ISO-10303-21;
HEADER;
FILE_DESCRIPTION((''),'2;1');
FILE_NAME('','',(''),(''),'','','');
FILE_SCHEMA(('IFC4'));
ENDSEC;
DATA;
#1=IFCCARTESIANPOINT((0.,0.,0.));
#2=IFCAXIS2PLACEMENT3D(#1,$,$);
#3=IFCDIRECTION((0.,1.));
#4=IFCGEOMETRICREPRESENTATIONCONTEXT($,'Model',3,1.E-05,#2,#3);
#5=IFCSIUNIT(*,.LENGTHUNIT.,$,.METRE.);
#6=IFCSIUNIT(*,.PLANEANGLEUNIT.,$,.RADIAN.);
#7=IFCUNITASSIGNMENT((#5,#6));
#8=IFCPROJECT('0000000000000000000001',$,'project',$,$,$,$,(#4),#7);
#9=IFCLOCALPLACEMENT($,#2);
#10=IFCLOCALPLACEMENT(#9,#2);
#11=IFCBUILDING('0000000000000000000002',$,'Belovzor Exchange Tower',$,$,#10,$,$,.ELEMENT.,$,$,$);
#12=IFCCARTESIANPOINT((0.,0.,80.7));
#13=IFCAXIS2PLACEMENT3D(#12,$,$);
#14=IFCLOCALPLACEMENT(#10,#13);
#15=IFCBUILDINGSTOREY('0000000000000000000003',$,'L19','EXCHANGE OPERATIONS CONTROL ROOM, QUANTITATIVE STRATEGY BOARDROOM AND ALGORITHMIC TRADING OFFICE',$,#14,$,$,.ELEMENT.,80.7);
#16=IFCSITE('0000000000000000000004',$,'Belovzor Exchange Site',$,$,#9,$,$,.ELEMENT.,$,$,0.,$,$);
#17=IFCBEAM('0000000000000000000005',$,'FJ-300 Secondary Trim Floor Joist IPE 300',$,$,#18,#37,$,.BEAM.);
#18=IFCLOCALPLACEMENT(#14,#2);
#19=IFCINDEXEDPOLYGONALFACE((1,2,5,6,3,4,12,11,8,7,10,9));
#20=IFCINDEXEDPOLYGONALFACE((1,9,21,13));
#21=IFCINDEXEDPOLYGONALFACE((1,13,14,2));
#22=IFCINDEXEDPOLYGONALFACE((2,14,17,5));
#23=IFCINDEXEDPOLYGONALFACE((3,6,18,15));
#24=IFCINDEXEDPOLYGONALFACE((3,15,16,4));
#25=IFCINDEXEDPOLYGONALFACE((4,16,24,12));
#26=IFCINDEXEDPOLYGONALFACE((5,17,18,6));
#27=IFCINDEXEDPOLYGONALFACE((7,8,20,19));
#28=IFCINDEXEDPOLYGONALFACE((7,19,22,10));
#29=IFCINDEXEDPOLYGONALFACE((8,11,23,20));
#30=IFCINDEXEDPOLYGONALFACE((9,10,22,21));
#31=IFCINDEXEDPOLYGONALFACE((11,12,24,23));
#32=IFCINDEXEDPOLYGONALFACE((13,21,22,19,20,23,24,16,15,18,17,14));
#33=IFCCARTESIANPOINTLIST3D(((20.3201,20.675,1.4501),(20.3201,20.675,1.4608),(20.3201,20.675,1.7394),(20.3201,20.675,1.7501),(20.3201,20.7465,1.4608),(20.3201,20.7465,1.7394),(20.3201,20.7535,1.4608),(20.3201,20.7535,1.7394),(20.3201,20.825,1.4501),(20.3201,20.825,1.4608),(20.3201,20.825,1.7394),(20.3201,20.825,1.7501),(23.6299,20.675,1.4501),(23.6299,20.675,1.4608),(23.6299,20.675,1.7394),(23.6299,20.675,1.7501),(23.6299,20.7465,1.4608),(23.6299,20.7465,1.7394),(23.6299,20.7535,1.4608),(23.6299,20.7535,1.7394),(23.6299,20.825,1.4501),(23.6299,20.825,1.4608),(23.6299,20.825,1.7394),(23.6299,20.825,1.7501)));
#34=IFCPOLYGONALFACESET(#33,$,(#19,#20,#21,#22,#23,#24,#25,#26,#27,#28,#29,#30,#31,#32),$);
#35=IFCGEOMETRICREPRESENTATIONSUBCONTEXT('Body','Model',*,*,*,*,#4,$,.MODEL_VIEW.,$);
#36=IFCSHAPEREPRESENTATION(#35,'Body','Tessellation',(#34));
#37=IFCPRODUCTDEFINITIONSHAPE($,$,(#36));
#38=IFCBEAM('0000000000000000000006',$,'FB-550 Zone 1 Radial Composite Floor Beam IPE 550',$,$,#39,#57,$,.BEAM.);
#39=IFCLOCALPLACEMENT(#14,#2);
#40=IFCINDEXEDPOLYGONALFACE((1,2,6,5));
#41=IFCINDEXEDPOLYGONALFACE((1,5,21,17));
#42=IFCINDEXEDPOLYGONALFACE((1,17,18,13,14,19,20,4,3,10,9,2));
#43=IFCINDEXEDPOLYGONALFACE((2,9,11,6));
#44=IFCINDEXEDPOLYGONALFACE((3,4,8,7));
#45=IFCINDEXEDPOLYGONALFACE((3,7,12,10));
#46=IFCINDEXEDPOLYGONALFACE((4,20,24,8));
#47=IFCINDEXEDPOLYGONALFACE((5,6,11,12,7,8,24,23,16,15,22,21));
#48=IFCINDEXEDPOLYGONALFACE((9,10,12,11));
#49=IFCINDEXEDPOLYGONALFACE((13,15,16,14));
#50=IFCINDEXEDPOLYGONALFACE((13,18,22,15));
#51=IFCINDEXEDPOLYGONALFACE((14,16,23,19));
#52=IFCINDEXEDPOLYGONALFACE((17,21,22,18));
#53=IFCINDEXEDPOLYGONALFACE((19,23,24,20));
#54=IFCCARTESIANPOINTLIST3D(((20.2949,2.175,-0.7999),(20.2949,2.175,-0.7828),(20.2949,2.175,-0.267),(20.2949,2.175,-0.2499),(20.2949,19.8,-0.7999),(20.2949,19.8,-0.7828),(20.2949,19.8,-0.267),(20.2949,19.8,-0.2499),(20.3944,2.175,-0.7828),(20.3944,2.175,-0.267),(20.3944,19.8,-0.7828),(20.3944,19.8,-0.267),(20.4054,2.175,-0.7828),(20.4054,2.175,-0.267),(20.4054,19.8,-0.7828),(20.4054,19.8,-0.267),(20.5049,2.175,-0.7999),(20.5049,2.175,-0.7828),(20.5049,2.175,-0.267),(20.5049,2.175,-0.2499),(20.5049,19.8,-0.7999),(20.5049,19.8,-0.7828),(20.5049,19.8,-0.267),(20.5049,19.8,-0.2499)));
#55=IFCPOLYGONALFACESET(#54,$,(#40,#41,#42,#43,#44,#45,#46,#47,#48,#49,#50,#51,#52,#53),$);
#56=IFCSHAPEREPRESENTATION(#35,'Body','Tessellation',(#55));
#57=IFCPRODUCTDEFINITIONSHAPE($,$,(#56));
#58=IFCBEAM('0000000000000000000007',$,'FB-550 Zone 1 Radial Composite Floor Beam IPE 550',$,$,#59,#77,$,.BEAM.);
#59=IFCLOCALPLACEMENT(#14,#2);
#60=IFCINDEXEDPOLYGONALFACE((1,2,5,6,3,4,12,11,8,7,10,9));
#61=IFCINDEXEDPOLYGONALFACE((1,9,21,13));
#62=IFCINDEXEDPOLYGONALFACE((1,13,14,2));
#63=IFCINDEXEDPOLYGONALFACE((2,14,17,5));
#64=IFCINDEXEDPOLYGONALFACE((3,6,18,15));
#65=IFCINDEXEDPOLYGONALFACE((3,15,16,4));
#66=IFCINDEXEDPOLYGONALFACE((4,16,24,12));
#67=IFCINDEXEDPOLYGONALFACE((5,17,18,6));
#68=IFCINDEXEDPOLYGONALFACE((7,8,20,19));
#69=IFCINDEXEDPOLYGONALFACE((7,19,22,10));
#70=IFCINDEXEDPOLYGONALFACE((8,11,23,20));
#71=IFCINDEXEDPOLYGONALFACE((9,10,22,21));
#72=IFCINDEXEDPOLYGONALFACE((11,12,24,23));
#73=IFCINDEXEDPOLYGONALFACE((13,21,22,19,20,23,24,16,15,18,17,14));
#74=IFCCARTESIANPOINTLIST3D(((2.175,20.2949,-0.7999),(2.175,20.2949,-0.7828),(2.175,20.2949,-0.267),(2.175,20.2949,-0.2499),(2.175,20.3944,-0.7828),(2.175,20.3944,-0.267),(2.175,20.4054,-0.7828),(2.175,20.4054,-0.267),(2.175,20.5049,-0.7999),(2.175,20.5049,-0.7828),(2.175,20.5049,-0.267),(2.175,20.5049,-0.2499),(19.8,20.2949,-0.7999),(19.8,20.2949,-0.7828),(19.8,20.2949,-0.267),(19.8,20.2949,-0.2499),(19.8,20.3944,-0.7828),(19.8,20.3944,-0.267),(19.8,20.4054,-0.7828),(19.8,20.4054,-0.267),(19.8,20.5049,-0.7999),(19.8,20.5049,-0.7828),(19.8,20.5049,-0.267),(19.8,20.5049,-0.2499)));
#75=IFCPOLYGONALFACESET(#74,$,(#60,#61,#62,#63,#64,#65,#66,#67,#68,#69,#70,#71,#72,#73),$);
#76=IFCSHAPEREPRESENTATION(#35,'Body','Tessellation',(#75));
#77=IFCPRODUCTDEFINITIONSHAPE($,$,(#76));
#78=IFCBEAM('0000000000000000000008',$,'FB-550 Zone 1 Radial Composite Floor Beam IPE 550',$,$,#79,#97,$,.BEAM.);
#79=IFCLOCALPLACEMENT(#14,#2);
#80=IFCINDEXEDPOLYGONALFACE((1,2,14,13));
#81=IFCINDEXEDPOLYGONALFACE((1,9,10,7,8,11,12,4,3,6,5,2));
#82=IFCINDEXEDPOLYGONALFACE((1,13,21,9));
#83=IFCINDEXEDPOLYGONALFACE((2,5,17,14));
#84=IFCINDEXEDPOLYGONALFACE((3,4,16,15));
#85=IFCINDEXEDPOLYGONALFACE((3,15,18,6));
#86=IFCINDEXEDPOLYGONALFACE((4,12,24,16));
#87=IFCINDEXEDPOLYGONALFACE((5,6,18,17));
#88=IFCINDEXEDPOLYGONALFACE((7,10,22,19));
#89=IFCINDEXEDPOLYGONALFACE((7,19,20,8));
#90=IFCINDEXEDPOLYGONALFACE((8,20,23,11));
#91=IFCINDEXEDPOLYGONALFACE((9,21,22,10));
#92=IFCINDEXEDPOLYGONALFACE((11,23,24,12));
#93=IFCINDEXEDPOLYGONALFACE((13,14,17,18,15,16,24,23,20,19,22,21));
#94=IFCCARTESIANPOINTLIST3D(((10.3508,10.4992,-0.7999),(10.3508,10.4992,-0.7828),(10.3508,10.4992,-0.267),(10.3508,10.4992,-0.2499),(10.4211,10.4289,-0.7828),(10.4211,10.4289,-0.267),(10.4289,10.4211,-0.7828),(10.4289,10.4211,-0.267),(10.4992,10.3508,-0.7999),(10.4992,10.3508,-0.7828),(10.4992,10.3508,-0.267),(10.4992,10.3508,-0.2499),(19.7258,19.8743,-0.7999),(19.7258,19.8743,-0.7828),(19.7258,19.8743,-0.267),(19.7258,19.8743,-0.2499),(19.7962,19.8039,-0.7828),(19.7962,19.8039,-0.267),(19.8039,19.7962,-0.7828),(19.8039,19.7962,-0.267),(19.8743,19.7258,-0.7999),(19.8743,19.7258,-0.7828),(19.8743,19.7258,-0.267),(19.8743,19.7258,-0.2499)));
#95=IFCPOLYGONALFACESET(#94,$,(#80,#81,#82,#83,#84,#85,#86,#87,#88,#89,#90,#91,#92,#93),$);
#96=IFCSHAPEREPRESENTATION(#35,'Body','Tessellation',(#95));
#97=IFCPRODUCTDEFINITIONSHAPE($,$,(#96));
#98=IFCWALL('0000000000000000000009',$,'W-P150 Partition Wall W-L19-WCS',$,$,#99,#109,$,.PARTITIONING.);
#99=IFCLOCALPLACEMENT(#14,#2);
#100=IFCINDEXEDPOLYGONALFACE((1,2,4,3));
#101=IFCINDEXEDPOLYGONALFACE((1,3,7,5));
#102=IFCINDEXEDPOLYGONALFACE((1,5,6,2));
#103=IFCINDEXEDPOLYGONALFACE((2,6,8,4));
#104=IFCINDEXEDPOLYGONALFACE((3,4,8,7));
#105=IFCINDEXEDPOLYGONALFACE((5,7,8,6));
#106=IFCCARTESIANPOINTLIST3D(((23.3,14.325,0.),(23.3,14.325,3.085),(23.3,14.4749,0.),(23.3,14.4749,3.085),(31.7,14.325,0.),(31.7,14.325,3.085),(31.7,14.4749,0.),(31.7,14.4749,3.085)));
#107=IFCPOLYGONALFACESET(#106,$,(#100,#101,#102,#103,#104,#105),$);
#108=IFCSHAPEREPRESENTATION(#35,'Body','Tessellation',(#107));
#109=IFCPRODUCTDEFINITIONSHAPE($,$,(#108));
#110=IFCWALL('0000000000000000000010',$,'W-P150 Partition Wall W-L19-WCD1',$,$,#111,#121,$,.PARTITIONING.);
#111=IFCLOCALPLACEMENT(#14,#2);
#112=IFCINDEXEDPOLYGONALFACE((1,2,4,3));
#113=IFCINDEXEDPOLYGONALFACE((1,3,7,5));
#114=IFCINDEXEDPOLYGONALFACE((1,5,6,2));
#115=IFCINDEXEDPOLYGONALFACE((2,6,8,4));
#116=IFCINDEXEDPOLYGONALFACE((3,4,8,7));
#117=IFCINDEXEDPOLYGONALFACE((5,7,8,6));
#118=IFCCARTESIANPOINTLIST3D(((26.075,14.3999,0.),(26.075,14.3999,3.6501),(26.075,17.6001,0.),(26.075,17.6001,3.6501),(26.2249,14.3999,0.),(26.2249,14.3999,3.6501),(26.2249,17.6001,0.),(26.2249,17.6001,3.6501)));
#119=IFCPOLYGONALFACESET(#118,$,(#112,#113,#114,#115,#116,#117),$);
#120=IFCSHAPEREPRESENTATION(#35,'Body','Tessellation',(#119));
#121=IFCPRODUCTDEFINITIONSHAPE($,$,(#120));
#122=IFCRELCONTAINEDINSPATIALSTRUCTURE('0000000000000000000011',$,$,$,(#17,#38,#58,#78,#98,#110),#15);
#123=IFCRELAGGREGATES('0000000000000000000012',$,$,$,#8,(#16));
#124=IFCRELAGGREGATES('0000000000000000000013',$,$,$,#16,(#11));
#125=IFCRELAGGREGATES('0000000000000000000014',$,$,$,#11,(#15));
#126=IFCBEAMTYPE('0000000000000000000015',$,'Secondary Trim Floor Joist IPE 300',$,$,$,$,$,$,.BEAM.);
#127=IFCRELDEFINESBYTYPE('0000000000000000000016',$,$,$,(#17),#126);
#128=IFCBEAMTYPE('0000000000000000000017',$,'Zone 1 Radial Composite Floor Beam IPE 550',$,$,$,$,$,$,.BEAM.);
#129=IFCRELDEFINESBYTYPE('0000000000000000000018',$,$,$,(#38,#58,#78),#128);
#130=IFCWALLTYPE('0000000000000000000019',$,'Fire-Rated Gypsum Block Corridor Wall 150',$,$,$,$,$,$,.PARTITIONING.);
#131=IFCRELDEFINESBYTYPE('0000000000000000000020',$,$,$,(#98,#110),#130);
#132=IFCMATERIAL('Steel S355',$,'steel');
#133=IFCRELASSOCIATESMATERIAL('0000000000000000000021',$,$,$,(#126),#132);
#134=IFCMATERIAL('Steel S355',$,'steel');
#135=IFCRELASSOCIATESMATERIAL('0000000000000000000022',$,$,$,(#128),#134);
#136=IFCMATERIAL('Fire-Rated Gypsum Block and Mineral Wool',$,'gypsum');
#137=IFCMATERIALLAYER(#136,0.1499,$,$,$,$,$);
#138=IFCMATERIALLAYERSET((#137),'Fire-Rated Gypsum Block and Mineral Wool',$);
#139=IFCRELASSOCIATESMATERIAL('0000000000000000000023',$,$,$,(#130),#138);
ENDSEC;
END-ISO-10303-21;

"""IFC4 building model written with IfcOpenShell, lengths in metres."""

from ifc_helpers import new_model, si_unit, direction, frame, frame_2d, origin, origin_2d, place, context, subcontext, project, spatial, rectangle, i_section, extrude, material, layer, layer_set, material_profile, profile_set, type_object, element, save


model = new_model("IFC4")

# Units and contexts
model_context = context("Model", 3, precision=1e-05, world=origin(), true_north=direction((0.0, 1.0)))
body_context = subcontext(model_context, "Body", "Model", "MODEL_VIEW")
ifc_project = project(units=[si_unit("LENGTHUNIT", "METRE"), si_unit("PLANEANGLEUNIT", "RADIAN")], contexts=[model_context])

# Site, building, storey
site_placement = place(None, origin())
site = spatial("IfcSite", under=ifc_project, at=site_placement, Name="Belovzor Exchange Site", CompositionType="ELEMENT", RefElevation=0.0)
building_placement = place(site_placement, origin())
building = spatial("IfcBuilding", under=site, at=building_placement, Name="Belovzor Exchange Tower", CompositionType="ELEMENT")
storey_placement = place(building_placement, frame((0.0, 0.0, 80.7)))
storey = spatial("IfcBuildingStorey", under=building, at=storey_placement, Name="L19", Description="EXCHANGE OPERATIONS CONTROL ROOM, QUANTITATIVE STRATEGY BOARDROOM AND ALGORITHMIC TRADING OFFICE", CompositionType="ELEMENT", Elevation=80.7)

# Beams
ifc_material_1 = material(Name="Steel S355", Category="steel")
ifc_material_profile_1 = material_profile(ifc_material_1, i_section(OverallWidth=0.1499, OverallDepth=0.3, WebThickness=0.0071, FlangeThickness=0.0107, at=origin_2d()))
ifc_profile_set_1 = profile_set([ifc_material_profile_1], Name="Steel S355")
beam_type_1 = type_object("IfcBeamType", Name="Secondary Trim Floor Joist IPE 300", PredefinedType="BEAM", material=ifc_profile_set_1)
beam_1_placement = place(storey_placement, frame((20.3201, 20.75, 1.6001), z_axis=(1.0, 0.0, 0.0), x_axis=(0.0, 1.0, 0.0)))
element("IfcBeam", 1, at=beam_1_placement, inside=storey, type_object=beam_type_1, Name="FJ-300 Secondary Trim Floor Joist IPE 300", PredefinedType="BEAM", context=body_context, shape_type="SweptSolid", body=[
    extrude(i_section(OverallWidth=0.1499, OverallDepth=0.3, WebThickness=0.0071, FlangeThickness=0.0107, at=origin_2d()), origin(), (0.0, 0.0, 1.0), 3.3098),
])
ifc_material_2 = material(Name="Steel S355", Category="steel")
ifc_material_profile_2 = material_profile(ifc_material_2, i_section(OverallWidth=0.21, OverallDepth=0.55, WebThickness=0.011, FlangeThickness=0.0171, at=origin_2d()))
ifc_profile_set_2 = profile_set([ifc_material_profile_2], Name="Steel S355")
beam_type_2 = type_object("IfcBeamType", Name="Zone 1 Radial Composite Floor Beam IPE 550", PredefinedType="BEAM", material=ifc_profile_set_2)
for number, where, z_axis, x_axis, name in (
    (2, (20.3999, 19.8, -0.5249), (0.0, -1.0, 0.0), (1.0, 0.0, 0.0), "FB-550 Zone 1 Radial Composite Floor Beam IPE 550"),
    (3, (19.8, 20.3999, -0.5249), (-1.0, 0.0, 0.0), (0.0, -1.0, 0.0), "FB-550 Zone 1 Radial Composite Floor Beam IPE 550"),
):
    element("IfcBeam", number, at=place(storey_placement, frame(where, z_axis=z_axis, x_axis=x_axis)), inside=storey, type_object=beam_type_2, Name=name, PredefinedType="BEAM", context=body_context, shape_type="SweptSolid", body=[
        extrude(i_section(OverallWidth=0.21, OverallDepth=0.55, WebThickness=0.011, FlangeThickness=0.0171, at=origin_2d()), origin(), (0.0, 0.0, 1.0), 17.625),
    ])
beam_2_placement = place(storey_placement, frame((19.8, 19.8, -0.5249), z_axis=(-0.707107, -0.707107, 0.0), x_axis=(0.707107, -0.707107, 0.0)))
element("IfcBeam", 4, at=beam_2_placement, inside=storey, type_object=beam_type_2, Name="FB-550 Zone 1 Radial Composite Floor Beam IPE 550", PredefinedType="BEAM", context=body_context, shape_type="SweptSolid", body=[
    extrude(i_section(OverallWidth=0.21, OverallDepth=0.55, WebThickness=0.011, FlangeThickness=0.0171, at=origin_2d()), origin(), (0.0, 0.0, 1.0), 13.2583),
])

# Walls
ifc_material_3 = material(Name="Fire-Rated Gypsum Block and Mineral Wool", Category="gypsum")
ifc_layer_1 = layer(ifc_material_3, 0.1499)
ifc_layer_set_1 = layer_set([ifc_layer_1], Name="Fire-Rated Gypsum Block and Mineral Wool")
wall_type_1 = type_object("IfcWallType", Name="Fire-Rated Gypsum Block Corridor Wall 150", PredefinedType="PARTITIONING", material=ifc_layer_set_1)
wall_1_placement = place(storey_placement, frame((23.3, 14.3999, 0.0), z_axis=(0.0, 0.0, 1.0), x_axis=(1.0, 0.0, 0.0)))
element("IfcWall", 5, at=wall_1_placement, inside=storey, type_object=wall_type_1, Name="W-P150 Partition Wall W-L19-WCS", PredefinedType="PARTITIONING", context=body_context, shape_type="SweptSolid", body=[
    extrude(rectangle(XDim=8.3999, YDim=0.1499, at=frame_2d((4.2, 0.0))), origin(), (0.0, 0.0, 1.0), 3.085),
])
wall_2_placement = place(storey_placement, frame((26.1499, 14.3999, 0.0), z_axis=(0.0, 0.0, 1.0), x_axis=(0.0, 1.0, 0.0)))
element("IfcWall", 6, at=wall_2_placement, inside=storey, type_object=wall_type_1, Name="W-P150 Partition Wall W-L19-WCD1", PredefinedType="PARTITIONING", context=body_context, shape_type="SweptSolid", body=[
    extrude(rectangle(XDim=3.2002, YDim=0.1499, at=frame_2d((1.6001, 0.0))), origin(), (0.0, 0.0, 1.0), 3.6501),
])

save(model, "model.ifc")
